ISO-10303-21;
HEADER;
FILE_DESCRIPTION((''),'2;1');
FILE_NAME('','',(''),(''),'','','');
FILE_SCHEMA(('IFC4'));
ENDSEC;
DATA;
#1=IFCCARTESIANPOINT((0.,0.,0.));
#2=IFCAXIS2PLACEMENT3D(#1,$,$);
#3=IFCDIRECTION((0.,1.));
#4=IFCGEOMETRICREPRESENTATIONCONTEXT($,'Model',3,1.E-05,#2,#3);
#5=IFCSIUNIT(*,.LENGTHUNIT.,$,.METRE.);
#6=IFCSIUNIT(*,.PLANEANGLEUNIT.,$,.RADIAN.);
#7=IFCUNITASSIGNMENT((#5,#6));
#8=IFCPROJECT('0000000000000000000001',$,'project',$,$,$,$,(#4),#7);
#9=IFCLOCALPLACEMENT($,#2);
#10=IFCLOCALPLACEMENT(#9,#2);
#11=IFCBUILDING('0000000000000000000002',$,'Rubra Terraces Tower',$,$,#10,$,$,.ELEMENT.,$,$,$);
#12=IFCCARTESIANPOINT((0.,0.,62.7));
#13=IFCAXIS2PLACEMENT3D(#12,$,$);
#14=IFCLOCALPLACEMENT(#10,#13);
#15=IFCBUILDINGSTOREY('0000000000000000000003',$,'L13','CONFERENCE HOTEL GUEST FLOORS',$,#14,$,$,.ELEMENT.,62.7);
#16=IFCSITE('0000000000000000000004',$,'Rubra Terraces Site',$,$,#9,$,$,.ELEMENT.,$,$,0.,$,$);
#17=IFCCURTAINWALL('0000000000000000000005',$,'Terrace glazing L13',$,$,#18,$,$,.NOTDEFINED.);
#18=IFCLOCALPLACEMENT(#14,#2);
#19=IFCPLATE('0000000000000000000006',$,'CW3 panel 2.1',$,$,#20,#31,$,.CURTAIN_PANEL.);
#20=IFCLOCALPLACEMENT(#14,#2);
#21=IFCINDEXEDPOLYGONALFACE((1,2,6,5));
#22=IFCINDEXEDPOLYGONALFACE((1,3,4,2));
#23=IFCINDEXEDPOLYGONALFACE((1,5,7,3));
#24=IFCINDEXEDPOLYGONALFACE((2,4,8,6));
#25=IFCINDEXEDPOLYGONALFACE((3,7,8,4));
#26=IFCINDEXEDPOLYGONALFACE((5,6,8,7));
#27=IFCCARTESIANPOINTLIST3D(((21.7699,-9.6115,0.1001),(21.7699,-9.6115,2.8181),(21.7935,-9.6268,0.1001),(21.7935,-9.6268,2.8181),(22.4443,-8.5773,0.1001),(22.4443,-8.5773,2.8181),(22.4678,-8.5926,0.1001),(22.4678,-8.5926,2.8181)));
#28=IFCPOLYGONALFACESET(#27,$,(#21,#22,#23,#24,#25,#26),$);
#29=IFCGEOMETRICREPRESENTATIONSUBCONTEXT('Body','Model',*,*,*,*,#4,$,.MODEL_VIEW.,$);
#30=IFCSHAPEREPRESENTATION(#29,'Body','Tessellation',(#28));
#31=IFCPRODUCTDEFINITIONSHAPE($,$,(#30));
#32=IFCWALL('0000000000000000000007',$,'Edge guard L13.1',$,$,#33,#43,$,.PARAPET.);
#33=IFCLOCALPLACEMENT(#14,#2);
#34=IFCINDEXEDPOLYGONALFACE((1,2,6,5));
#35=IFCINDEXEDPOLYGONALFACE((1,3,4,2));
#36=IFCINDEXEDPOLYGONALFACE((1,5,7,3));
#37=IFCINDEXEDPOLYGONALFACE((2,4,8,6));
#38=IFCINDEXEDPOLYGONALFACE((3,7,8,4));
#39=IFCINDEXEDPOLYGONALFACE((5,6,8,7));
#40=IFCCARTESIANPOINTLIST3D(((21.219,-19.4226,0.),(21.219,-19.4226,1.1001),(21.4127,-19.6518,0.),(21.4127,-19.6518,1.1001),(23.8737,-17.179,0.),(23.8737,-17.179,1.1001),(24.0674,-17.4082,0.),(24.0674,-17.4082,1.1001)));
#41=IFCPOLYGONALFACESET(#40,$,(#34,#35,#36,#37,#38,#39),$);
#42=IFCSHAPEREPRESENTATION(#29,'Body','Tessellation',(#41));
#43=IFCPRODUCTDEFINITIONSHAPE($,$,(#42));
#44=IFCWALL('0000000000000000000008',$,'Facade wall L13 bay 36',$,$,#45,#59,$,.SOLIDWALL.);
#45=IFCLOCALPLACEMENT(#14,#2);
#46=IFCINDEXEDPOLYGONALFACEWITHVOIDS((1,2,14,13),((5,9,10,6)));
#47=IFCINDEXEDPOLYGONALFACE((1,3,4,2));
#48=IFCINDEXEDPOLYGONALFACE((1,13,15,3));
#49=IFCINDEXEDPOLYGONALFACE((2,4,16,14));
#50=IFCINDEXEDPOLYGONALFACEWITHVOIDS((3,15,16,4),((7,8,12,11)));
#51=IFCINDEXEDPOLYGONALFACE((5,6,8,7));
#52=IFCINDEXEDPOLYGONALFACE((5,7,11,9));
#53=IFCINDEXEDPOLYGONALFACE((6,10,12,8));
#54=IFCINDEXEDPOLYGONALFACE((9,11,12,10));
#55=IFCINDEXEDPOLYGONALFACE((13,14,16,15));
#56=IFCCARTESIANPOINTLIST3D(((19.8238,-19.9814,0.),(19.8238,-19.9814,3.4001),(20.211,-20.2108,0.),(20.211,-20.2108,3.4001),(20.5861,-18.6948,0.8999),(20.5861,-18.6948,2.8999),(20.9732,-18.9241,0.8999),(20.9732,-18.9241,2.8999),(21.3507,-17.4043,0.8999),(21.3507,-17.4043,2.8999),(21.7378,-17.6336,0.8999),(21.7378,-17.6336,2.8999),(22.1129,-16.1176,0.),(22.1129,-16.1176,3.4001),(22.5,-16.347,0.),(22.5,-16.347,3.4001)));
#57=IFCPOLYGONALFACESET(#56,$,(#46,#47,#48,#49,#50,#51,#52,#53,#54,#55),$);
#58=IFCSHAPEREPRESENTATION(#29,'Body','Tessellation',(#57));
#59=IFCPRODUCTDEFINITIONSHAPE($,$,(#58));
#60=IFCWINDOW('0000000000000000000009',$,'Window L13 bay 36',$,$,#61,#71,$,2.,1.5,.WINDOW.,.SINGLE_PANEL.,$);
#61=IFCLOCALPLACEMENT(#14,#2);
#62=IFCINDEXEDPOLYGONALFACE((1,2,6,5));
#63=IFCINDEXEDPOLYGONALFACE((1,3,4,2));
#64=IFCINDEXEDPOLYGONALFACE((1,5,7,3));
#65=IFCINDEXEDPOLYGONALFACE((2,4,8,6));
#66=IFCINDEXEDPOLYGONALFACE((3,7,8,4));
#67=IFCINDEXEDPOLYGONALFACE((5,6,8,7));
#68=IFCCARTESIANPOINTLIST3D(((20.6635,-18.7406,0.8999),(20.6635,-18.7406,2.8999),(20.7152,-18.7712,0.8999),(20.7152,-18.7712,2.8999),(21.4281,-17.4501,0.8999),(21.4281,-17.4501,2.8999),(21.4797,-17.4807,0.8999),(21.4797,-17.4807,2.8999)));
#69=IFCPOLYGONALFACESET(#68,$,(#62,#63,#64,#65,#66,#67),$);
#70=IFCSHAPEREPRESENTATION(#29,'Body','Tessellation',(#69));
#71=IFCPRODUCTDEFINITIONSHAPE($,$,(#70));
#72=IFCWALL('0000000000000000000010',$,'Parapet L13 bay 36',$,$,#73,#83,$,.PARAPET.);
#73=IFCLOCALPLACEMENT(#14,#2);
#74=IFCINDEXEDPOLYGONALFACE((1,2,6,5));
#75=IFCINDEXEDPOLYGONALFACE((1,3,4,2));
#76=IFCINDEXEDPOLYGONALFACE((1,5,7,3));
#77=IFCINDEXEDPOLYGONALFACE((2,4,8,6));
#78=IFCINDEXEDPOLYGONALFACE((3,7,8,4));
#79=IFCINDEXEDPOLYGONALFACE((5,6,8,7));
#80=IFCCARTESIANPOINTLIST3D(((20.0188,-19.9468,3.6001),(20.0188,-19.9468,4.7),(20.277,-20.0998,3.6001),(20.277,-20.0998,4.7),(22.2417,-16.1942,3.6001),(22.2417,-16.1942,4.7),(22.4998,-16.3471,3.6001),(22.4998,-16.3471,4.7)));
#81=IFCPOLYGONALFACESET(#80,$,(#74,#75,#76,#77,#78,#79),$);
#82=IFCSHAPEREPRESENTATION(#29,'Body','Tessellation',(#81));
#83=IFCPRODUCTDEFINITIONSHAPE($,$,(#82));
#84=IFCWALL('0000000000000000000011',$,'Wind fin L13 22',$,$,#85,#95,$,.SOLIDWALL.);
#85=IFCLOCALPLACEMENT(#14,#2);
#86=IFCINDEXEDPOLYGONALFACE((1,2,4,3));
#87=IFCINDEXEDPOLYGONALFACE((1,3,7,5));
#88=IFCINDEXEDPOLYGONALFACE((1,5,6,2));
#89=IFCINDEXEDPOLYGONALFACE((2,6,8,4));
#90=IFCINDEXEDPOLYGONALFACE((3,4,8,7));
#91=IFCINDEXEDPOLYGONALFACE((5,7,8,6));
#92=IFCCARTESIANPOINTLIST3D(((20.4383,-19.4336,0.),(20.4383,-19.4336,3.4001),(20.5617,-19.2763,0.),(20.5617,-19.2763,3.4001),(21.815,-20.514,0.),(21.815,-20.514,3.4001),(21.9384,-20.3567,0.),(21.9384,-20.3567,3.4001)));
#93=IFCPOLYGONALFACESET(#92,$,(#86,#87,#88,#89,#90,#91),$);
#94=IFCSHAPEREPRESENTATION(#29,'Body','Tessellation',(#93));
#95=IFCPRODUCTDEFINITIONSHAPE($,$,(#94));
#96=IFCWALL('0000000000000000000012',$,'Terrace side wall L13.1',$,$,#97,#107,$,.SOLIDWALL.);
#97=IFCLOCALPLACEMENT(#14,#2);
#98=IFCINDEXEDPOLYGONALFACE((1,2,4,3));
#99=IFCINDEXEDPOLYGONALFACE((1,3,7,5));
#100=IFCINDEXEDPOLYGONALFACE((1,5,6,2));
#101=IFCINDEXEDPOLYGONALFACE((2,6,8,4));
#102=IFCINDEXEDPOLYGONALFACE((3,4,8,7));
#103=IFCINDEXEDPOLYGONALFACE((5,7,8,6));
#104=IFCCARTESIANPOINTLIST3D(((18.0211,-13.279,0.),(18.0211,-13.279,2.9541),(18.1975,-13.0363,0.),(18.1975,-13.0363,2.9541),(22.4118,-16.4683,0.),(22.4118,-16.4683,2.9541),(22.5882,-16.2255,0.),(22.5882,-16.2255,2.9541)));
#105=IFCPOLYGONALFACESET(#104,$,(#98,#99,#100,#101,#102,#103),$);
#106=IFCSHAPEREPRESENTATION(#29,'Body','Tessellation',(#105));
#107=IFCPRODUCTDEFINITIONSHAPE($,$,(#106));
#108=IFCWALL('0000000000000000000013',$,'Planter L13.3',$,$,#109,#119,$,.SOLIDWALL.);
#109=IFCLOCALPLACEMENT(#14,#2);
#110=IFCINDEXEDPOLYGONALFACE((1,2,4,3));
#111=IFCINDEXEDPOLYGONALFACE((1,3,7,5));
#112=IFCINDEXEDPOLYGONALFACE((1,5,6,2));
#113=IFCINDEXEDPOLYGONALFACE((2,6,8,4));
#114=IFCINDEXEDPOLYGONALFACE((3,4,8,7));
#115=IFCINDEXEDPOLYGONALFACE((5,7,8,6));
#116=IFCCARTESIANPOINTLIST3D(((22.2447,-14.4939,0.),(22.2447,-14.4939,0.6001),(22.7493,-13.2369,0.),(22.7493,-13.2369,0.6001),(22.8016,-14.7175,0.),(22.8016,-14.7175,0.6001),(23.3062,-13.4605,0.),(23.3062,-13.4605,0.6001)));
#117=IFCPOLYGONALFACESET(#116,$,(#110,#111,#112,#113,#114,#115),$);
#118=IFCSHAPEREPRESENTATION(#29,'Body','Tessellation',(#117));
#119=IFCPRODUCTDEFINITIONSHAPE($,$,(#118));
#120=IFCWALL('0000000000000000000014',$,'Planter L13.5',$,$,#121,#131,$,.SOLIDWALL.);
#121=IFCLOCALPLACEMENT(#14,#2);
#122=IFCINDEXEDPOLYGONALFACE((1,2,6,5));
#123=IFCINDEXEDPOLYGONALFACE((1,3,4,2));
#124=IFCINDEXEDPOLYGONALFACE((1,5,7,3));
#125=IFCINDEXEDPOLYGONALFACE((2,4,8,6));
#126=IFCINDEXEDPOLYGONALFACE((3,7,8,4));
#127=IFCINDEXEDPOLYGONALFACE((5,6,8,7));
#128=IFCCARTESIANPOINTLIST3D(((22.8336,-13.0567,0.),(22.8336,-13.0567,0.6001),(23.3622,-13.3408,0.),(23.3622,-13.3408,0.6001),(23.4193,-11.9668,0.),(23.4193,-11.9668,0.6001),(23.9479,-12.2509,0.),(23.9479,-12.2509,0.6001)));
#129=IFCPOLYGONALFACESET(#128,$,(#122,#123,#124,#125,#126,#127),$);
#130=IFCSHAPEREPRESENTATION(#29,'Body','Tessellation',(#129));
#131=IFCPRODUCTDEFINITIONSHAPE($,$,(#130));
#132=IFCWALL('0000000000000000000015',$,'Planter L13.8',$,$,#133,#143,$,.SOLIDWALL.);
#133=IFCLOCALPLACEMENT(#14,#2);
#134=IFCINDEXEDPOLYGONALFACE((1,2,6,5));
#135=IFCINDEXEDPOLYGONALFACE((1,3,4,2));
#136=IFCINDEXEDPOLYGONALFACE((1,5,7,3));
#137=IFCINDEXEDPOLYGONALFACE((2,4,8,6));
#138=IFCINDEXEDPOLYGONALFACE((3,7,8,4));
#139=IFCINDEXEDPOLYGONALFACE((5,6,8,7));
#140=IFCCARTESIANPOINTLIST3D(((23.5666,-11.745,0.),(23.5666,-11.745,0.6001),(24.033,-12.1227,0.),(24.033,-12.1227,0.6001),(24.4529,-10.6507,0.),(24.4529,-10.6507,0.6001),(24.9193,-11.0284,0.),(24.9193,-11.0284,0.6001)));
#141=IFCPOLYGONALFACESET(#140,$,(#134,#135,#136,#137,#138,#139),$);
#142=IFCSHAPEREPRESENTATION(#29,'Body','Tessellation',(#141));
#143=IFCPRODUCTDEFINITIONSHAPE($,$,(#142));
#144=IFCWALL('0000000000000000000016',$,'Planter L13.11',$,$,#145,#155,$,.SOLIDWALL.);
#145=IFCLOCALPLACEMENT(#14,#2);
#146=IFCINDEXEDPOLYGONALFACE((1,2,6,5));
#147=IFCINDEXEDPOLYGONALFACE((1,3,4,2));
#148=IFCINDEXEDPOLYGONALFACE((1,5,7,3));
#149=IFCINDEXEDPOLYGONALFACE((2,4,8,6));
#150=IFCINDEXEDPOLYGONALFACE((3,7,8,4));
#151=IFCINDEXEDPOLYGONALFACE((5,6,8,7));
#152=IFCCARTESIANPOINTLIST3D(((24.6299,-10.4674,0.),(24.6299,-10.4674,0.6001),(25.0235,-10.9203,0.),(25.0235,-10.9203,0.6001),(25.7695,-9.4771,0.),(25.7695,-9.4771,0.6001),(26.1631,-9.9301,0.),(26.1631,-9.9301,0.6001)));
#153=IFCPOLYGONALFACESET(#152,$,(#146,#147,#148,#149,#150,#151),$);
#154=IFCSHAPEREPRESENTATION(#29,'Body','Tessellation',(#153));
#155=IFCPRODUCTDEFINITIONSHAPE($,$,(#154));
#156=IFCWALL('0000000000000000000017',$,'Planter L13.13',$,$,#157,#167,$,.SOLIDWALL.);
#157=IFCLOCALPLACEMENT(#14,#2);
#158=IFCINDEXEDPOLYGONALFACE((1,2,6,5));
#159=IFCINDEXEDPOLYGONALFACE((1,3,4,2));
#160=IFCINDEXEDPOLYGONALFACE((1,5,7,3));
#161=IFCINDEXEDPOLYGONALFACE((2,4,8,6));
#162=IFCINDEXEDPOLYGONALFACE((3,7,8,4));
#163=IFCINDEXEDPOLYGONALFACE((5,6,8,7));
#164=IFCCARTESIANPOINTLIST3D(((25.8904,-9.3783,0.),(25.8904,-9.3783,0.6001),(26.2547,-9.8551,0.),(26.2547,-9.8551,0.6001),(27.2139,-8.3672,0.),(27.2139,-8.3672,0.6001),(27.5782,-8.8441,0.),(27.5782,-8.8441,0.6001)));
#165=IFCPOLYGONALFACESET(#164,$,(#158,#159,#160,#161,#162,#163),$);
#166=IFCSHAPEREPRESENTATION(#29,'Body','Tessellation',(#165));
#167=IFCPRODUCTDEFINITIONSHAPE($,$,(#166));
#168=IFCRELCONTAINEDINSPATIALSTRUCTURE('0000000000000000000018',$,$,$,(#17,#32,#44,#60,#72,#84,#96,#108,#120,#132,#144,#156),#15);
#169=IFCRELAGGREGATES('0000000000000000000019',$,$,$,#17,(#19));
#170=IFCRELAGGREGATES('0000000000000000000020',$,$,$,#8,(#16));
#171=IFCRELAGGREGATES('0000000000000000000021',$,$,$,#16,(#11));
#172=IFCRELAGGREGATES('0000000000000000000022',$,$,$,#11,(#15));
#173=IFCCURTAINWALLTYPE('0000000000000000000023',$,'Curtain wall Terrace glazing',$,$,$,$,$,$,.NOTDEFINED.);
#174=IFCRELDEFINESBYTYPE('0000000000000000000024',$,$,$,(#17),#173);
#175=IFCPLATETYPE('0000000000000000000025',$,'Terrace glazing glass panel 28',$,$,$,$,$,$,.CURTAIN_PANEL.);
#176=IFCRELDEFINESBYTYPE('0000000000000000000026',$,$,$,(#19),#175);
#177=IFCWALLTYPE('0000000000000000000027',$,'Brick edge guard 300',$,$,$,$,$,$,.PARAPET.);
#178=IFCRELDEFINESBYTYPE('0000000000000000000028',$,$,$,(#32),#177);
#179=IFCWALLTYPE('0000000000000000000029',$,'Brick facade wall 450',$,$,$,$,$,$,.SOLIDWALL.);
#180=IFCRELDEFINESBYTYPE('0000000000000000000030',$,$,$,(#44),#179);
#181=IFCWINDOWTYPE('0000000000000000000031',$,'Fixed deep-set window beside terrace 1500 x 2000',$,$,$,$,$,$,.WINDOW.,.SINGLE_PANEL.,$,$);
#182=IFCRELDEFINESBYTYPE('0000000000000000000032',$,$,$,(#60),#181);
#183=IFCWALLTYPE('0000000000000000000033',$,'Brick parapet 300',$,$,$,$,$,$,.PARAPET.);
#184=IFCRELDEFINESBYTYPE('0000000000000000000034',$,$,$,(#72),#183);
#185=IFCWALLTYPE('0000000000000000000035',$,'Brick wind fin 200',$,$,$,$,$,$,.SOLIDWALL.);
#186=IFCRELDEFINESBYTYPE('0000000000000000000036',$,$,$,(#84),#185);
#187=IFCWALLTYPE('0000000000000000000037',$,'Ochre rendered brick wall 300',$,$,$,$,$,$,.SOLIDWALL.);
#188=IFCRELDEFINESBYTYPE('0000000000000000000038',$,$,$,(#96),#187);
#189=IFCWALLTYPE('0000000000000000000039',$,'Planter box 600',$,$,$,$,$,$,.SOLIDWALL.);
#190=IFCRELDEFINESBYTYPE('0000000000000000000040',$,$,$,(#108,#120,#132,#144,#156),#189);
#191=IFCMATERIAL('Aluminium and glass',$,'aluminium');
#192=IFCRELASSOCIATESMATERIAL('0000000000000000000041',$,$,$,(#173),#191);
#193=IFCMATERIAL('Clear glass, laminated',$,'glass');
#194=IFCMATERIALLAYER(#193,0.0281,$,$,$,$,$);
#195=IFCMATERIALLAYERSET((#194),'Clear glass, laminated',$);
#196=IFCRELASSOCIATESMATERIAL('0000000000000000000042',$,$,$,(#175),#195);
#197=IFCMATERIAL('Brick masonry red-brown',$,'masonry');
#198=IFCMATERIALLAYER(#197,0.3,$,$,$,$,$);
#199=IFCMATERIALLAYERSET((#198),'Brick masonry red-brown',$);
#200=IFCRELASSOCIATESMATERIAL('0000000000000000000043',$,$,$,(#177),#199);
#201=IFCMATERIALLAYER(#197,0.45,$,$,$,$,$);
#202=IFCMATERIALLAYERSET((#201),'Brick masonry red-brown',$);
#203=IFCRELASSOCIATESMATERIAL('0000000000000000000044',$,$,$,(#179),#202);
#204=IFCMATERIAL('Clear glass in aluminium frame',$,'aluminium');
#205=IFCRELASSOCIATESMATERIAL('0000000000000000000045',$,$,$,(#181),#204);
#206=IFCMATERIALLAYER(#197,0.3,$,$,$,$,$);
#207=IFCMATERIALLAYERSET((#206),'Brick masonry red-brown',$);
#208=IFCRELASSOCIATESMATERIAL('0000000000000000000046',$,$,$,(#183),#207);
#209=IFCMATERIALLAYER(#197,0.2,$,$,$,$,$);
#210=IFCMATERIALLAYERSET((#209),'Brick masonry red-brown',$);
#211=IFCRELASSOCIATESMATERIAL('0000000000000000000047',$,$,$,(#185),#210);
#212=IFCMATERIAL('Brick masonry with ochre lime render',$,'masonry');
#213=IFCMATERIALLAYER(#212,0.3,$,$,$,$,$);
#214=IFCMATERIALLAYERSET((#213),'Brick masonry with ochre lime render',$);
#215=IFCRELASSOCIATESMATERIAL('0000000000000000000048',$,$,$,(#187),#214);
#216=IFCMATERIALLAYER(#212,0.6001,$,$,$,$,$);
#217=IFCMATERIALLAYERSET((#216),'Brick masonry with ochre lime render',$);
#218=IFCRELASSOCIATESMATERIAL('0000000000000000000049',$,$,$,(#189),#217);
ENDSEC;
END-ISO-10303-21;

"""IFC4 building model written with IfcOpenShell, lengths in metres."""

from ifc_helpers import new_model, si_unit, direction, frame, frame_2d, origin, origin_2d, place, context, subcontext, project, spatial, rectangle, extrude, material, layer, layer_set, type_object, element, fill, aggregate, save


model = new_model("IFC4")

# Units and contexts
model_context = context("Model", 3, precision=1e-05, world=origin(), true_north=direction((0.0, 1.0)))
body_context = subcontext(model_context, "Body", "Model", "MODEL_VIEW")
ifc_project = project(units=[si_unit("LENGTHUNIT", "METRE"), si_unit("PLANEANGLEUNIT", "RADIAN")], contexts=[model_context])

# Site, building, storey
site_placement = place(None, origin())
site = spatial("IfcSite", under=ifc_project, at=site_placement, Name="Rubra Terraces Site", CompositionType="ELEMENT", RefElevation=0.0)
building_placement = place(site_placement, origin())
building = spatial("IfcBuilding", under=site, at=building_placement, Name="Rubra Terraces Tower", CompositionType="ELEMENT")
storey_placement = place(building_placement, frame((0.0, 0.0, 62.7)))
storey = spatial("IfcBuildingStorey", under=building, at=storey_placement, Name="L13", Description="CONFERENCE HOTEL GUEST FLOORS", CompositionType="ELEMENT", Elevation=62.7)

# Curtain wall, plate
ifc_material_1 = material(Name="Aluminium and glass", Category="aluminium")
curtain_wall_type = type_object("IfcCurtainWallType", Name="Curtain wall Terrace glazing", PredefinedType="NOTDEFINED", material=ifc_material_1)
curtain_wall_placement = place(storey_placement, origin())
curtain_wall = element("IfcCurtainWall", 1, at=curtain_wall_placement, inside=storey, type_object=curtain_wall_type, Name="Terrace glazing L13", PredefinedType="NOTDEFINED")
ifc_material_2 = material(Name="Clear glass, laminated", Category="glass")
ifc_layer_1 = layer(ifc_material_2, 0.0281)
ifc_layer_set_1 = layer_set([ifc_layer_1], Name="Clear glass, laminated")
plate_type = type_object("IfcPlateType", Name="Terrace glazing glass panel 28", PredefinedType="CURTAIN_PANEL", material=ifc_layer_set_1)
plate_1_placement = place(storey_placement, frame((22.1189, -9.1021, 0.1001), z_axis=(0.0, 0.0, 1.0), x_axis=(0.546228, 0.837636, 0.0)))
plate_1 = element("IfcPlate", 2, at=plate_1_placement, type_object=plate_type, Name="CW3 panel 2.1", PredefinedType="CURTAIN_PANEL", context=body_context, shape_type="SweptSolid", body=[
    extrude(rectangle(XDim=1.2346, YDim=0.0281, at=origin_2d()), origin(), (0.0, 0.0, 1.0), 2.718),
])
aggregate(curtain_wall, [plate_1])

# Wall
ifc_material_3 = material(Name="Brick masonry red-brown", Category="masonry")
ifc_layer_2 = layer(ifc_material_3, 0.3)
ifc_layer_set_2 = layer_set([ifc_layer_2], Name="Brick masonry red-brown")
wall_type_1 = type_object("IfcWallType", Name="Brick edge guard 300", PredefinedType="PARAPET", material=ifc_layer_set_2)
wall_1_placement = place(storey_placement, frame((23.9705, -17.2937, 0.0), z_axis=(0.0, 0.0, 1.0), x_axis=(-0.76377, -0.645489, 0.0)))
element("IfcWall", 3, at=wall_1_placement, inside=storey, type_object=wall_type_1, Name="Edge guard L13.1", PredefinedType="PARAPET", context=body_context, shape_type="SweptSolid", body=[
    extrude(rectangle(XDim=3.4758, YDim=0.3, at=frame_2d((1.7378, 0.0))), origin(), (0.0, 0.0, 1.0), 1.1001),
])

# Wall, opening, window
ifc_layer_3 = layer(ifc_material_3, 0.45)
ifc_layer_set_3 = layer_set([ifc_layer_3], Name="Brick masonry red-brown")
wall_type_2 = type_object("IfcWallType", Name="Brick facade wall 450", PredefinedType="SOLIDWALL", material=ifc_layer_set_3)
wall_2_placement = place(storey_placement, frame((20.0173, -20.0962, 0.0), z_axis=(0.0, 0.0, 1.0), x_axis=(0.509707, 0.860348, 0.0)))
wall_2 = element("IfcWall", 4, at=wall_2_placement, inside=storey, type_object=wall_type_2, Name="Facade wall L13 bay 36", PredefinedType="SOLIDWALL", context=body_context, shape_type="SweptSolid", body=[
    extrude(rectangle(XDim=4.491, YDim=0.45, at=frame_2d((2.2456, 0.0))), origin(), (0.0, 0.0, 1.0), 3.4001),
])
opening_placement = place(wall_2_placement, frame((1.4956, 0.0, 0.8999)))
opening = element("IfcOpeningElement", 5, at=opening_placement, cuts=wall_2, PredefinedType="OPENING", context=body_context, shape_type="SweptSolid", body=[
    extrude(rectangle(XDim=1.5, YDim=2.0, at=frame_2d((0.75, 1.0))), frame((0.0, 0.2349, 0.0), z_axis=(0.0, -1.0, 0.0), x_axis=(1.0, 0.0, 0.0)), (0.0, 0.0, 1.0), 0.47),
])
ifc_material_4 = material(Name="Clear glass in aluminium frame", Category="aluminium")
window_type = type_object("IfcWindowType", Name="Fixed deep-set window beside terrace 1500 x 2000", PartitioningType="SINGLE_PANEL", PredefinedType="WINDOW", material=ifc_material_4)
window_placement = place(opening_placement, origin())
window = element("IfcWindow", 6, at=window_placement, inside=storey, type_object=window_type, Name="Window L13 bay 36", OverallHeight=2.0, OverallWidth=1.5, PartitioningType="SINGLE_PANEL", PredefinedType="WINDOW", context=body_context, shape_type="SweptSolid", body=[
    extrude(rectangle(XDim=1.5, YDim=2.0, at=frame_2d((0.75, 1.0))), frame((0.0, 0.135, 0.0), z_axis=(0.0, -1.0, 0.0), x_axis=(1.0, 0.0, 0.0)), (0.0, 0.0, 1.0), 0.0601),
])
fill(opening, window)

# Walls
ifc_layer_4 = layer(ifc_material_3, 0.3)
ifc_layer_set_4 = layer_set([ifc_layer_4], Name="Brick masonry red-brown")
wall_type_3 = type_object("IfcWallType", Name="Brick parapet 300", PredefinedType="PARAPET", material=ifc_layer_set_4)
wall_3_placement = place(storey_placement, frame((20.1479, -20.0232, 3.6001), z_axis=(0.0, 0.0, 1.0), x_axis=(0.509647, 0.860383, 0.0)))
element("IfcWall", 7, at=wall_3_placement, inside=storey, type_object=wall_type_3, Name="Parapet L13 bay 36", PredefinedType="PARAPET", context=body_context, shape_type="SweptSolid", body=[
    extrude(rectangle(XDim=4.3616, YDim=0.3, at=frame_2d((2.1807, 0.0))), origin(), (0.0, 0.0, 1.0), 1.0999),
])
ifc_layer_5 = layer(ifc_material_3, 0.2)
ifc_layer_set_5 = layer_set([ifc_layer_5], Name="Brick masonry red-brown")
wall_type_4 = type_object("IfcWallType", Name="Brick wind fin 200", PredefinedType="SOLIDWALL", material=ifc_layer_set_5)
wall_4_placement = place(storey_placement, frame((20.5, -19.355, 0.0), z_axis=(0.0, 0.0, 1.0), x_axis=(0.786701, -0.617335, 0.0)))
element("IfcWall", 8, at=wall_4_placement, inside=storey, type_object=wall_type_4, Name="Wind fin L13 22", PredefinedType="SOLIDWALL", context=body_context, shape_type="SweptSolid", body=[
    extrude(rectangle(XDim=1.75, YDim=0.2, at=frame_2d((0.875, 0.0))), origin(), (0.0, 0.0, 1.0), 3.4001),
])
ifc_material_5 = material(Name="Brick masonry with ochre lime render", Category="masonry")
ifc_layer_6 = layer(ifc_material_5, 0.3)
ifc_layer_set_6 = layer_set([ifc_layer_6], Name="Brick masonry with ochre lime render")
wall_type_5 = type_object("IfcWallType", Name="Ochre rendered brick wall 300", PredefinedType="SOLIDWALL", material=ifc_layer_set_6)
wall_5_placement = place(storey_placement, frame((22.5, -16.3469, 0.0), z_axis=(0.0, 0.0, 1.0), x_axis=(-0.809084, 0.587693, 0.0)))
element("IfcWall", 9, at=wall_5_placement, inside=storey, type_object=wall_type_5, Name="Terrace side wall L13.1", PredefinedType="SOLIDWALL", context=body_context, shape_type="SweptSolid", body=[
    extrude(rectangle(XDim=5.4268, YDim=0.3, at=frame_2d((2.7134, 0.0))), origin(), (0.0, 0.0, 1.0), 2.9541),
])
ifc_layer_7 = layer(ifc_material_5, 0.6001)
ifc_layer_set_7 = layer_set([ifc_layer_7], Name="Brick masonry with ochre lime render")
wall_type_6 = type_object("IfcWallType", Name="Planter box 600", PredefinedType="SOLIDWALL", material=ifc_layer_set_7)
wall_6_placement = place(storey_placement, frame((22.5232, -14.6057, 0.0), z_axis=(0.0, 0.0, 1.0), x_axis=(0.37254, 0.928016, 0.0)))
element("IfcWall", 10, at=wall_6_placement, inside=storey, type_object=wall_type_6, Name="Planter L13.3", PredefinedType="SOLIDWALL", context=body_context, shape_type="SweptSolid", body=[
    extrude(rectangle(XDim=1.3545, YDim=0.6001, at=frame_2d((0.6772, 0.0))), origin(), (0.0, 0.0, 1.0), 0.6001),
])
wall_7_placement = place(storey_placement, frame((23.0979, -13.1987, 0.0), z_axis=(0.0, 0.0, 1.0), x_axis=(0.473382, 0.880857, 0.0)))
element("IfcWall", 11, at=wall_7_placement, inside=storey, type_object=wall_type_6, Name="Planter L13.5", PredefinedType="SOLIDWALL", context=body_context, shape_type="SweptSolid", body=[
    extrude(rectangle(XDim=1.2373, YDim=0.6001, at=frame_2d((0.6187, 0.0))), origin(), (0.0, 0.0, 1.0), 0.6001),
])
wall_8_placement = place(storey_placement, frame((23.7998, -11.9338, 0.0), z_axis=(0.0, 0.0, 1.0), x_axis=(0.629378, 0.777099, 0.0)))
element("IfcWall", 12, at=wall_8_placement, inside=storey, type_object=wall_type_6, Name="Planter L13.8", PredefinedType="SOLIDWALL", context=body_context, shape_type="SweptSolid", body=[
    extrude(rectangle(XDim=1.4082, YDim=0.6001, at=frame_2d((0.7041, 0.0))), origin(), (0.0, 0.0, 1.0), 0.6001),
])
wall_9_placement = place(storey_placement, frame((24.8267, -10.6938, 0.0), z_axis=(0.0, 0.0, 1.0), x_axis=(0.754856, 0.65589, 0.0)))
element("IfcWall", 13, at=wall_9_placement, inside=storey, type_object=wall_type_6, Name="Planter L13.11", PredefinedType="SOLIDWALL", context=body_context, shape_type="SweptSolid", body=[
    extrude(rectangle(XDim=1.5098, YDim=0.6001, at=frame_2d((0.7549, 0.0))), origin(), (0.0, 0.0, 1.0), 0.6001),
])
wall_10_placement = place(storey_placement, frame((26.0725, -9.6167, 0.0), z_axis=(0.0, 0.0, 1.0), x_axis=(0.794674, 0.607036, 0.0)))
element("IfcWall", 14, at=wall_10_placement, inside=storey, type_object=wall_type_6, Name="Planter L13.13", PredefinedType="SOLIDWALL", context=body_context, shape_type="SweptSolid", body=[
    extrude(rectangle(XDim=1.6655, YDim=0.6001, at=frame_2d((0.8328, 0.0))), origin(), (0.0, 0.0, 1.0), 0.6001),
])

save(model, "model.ifc")
